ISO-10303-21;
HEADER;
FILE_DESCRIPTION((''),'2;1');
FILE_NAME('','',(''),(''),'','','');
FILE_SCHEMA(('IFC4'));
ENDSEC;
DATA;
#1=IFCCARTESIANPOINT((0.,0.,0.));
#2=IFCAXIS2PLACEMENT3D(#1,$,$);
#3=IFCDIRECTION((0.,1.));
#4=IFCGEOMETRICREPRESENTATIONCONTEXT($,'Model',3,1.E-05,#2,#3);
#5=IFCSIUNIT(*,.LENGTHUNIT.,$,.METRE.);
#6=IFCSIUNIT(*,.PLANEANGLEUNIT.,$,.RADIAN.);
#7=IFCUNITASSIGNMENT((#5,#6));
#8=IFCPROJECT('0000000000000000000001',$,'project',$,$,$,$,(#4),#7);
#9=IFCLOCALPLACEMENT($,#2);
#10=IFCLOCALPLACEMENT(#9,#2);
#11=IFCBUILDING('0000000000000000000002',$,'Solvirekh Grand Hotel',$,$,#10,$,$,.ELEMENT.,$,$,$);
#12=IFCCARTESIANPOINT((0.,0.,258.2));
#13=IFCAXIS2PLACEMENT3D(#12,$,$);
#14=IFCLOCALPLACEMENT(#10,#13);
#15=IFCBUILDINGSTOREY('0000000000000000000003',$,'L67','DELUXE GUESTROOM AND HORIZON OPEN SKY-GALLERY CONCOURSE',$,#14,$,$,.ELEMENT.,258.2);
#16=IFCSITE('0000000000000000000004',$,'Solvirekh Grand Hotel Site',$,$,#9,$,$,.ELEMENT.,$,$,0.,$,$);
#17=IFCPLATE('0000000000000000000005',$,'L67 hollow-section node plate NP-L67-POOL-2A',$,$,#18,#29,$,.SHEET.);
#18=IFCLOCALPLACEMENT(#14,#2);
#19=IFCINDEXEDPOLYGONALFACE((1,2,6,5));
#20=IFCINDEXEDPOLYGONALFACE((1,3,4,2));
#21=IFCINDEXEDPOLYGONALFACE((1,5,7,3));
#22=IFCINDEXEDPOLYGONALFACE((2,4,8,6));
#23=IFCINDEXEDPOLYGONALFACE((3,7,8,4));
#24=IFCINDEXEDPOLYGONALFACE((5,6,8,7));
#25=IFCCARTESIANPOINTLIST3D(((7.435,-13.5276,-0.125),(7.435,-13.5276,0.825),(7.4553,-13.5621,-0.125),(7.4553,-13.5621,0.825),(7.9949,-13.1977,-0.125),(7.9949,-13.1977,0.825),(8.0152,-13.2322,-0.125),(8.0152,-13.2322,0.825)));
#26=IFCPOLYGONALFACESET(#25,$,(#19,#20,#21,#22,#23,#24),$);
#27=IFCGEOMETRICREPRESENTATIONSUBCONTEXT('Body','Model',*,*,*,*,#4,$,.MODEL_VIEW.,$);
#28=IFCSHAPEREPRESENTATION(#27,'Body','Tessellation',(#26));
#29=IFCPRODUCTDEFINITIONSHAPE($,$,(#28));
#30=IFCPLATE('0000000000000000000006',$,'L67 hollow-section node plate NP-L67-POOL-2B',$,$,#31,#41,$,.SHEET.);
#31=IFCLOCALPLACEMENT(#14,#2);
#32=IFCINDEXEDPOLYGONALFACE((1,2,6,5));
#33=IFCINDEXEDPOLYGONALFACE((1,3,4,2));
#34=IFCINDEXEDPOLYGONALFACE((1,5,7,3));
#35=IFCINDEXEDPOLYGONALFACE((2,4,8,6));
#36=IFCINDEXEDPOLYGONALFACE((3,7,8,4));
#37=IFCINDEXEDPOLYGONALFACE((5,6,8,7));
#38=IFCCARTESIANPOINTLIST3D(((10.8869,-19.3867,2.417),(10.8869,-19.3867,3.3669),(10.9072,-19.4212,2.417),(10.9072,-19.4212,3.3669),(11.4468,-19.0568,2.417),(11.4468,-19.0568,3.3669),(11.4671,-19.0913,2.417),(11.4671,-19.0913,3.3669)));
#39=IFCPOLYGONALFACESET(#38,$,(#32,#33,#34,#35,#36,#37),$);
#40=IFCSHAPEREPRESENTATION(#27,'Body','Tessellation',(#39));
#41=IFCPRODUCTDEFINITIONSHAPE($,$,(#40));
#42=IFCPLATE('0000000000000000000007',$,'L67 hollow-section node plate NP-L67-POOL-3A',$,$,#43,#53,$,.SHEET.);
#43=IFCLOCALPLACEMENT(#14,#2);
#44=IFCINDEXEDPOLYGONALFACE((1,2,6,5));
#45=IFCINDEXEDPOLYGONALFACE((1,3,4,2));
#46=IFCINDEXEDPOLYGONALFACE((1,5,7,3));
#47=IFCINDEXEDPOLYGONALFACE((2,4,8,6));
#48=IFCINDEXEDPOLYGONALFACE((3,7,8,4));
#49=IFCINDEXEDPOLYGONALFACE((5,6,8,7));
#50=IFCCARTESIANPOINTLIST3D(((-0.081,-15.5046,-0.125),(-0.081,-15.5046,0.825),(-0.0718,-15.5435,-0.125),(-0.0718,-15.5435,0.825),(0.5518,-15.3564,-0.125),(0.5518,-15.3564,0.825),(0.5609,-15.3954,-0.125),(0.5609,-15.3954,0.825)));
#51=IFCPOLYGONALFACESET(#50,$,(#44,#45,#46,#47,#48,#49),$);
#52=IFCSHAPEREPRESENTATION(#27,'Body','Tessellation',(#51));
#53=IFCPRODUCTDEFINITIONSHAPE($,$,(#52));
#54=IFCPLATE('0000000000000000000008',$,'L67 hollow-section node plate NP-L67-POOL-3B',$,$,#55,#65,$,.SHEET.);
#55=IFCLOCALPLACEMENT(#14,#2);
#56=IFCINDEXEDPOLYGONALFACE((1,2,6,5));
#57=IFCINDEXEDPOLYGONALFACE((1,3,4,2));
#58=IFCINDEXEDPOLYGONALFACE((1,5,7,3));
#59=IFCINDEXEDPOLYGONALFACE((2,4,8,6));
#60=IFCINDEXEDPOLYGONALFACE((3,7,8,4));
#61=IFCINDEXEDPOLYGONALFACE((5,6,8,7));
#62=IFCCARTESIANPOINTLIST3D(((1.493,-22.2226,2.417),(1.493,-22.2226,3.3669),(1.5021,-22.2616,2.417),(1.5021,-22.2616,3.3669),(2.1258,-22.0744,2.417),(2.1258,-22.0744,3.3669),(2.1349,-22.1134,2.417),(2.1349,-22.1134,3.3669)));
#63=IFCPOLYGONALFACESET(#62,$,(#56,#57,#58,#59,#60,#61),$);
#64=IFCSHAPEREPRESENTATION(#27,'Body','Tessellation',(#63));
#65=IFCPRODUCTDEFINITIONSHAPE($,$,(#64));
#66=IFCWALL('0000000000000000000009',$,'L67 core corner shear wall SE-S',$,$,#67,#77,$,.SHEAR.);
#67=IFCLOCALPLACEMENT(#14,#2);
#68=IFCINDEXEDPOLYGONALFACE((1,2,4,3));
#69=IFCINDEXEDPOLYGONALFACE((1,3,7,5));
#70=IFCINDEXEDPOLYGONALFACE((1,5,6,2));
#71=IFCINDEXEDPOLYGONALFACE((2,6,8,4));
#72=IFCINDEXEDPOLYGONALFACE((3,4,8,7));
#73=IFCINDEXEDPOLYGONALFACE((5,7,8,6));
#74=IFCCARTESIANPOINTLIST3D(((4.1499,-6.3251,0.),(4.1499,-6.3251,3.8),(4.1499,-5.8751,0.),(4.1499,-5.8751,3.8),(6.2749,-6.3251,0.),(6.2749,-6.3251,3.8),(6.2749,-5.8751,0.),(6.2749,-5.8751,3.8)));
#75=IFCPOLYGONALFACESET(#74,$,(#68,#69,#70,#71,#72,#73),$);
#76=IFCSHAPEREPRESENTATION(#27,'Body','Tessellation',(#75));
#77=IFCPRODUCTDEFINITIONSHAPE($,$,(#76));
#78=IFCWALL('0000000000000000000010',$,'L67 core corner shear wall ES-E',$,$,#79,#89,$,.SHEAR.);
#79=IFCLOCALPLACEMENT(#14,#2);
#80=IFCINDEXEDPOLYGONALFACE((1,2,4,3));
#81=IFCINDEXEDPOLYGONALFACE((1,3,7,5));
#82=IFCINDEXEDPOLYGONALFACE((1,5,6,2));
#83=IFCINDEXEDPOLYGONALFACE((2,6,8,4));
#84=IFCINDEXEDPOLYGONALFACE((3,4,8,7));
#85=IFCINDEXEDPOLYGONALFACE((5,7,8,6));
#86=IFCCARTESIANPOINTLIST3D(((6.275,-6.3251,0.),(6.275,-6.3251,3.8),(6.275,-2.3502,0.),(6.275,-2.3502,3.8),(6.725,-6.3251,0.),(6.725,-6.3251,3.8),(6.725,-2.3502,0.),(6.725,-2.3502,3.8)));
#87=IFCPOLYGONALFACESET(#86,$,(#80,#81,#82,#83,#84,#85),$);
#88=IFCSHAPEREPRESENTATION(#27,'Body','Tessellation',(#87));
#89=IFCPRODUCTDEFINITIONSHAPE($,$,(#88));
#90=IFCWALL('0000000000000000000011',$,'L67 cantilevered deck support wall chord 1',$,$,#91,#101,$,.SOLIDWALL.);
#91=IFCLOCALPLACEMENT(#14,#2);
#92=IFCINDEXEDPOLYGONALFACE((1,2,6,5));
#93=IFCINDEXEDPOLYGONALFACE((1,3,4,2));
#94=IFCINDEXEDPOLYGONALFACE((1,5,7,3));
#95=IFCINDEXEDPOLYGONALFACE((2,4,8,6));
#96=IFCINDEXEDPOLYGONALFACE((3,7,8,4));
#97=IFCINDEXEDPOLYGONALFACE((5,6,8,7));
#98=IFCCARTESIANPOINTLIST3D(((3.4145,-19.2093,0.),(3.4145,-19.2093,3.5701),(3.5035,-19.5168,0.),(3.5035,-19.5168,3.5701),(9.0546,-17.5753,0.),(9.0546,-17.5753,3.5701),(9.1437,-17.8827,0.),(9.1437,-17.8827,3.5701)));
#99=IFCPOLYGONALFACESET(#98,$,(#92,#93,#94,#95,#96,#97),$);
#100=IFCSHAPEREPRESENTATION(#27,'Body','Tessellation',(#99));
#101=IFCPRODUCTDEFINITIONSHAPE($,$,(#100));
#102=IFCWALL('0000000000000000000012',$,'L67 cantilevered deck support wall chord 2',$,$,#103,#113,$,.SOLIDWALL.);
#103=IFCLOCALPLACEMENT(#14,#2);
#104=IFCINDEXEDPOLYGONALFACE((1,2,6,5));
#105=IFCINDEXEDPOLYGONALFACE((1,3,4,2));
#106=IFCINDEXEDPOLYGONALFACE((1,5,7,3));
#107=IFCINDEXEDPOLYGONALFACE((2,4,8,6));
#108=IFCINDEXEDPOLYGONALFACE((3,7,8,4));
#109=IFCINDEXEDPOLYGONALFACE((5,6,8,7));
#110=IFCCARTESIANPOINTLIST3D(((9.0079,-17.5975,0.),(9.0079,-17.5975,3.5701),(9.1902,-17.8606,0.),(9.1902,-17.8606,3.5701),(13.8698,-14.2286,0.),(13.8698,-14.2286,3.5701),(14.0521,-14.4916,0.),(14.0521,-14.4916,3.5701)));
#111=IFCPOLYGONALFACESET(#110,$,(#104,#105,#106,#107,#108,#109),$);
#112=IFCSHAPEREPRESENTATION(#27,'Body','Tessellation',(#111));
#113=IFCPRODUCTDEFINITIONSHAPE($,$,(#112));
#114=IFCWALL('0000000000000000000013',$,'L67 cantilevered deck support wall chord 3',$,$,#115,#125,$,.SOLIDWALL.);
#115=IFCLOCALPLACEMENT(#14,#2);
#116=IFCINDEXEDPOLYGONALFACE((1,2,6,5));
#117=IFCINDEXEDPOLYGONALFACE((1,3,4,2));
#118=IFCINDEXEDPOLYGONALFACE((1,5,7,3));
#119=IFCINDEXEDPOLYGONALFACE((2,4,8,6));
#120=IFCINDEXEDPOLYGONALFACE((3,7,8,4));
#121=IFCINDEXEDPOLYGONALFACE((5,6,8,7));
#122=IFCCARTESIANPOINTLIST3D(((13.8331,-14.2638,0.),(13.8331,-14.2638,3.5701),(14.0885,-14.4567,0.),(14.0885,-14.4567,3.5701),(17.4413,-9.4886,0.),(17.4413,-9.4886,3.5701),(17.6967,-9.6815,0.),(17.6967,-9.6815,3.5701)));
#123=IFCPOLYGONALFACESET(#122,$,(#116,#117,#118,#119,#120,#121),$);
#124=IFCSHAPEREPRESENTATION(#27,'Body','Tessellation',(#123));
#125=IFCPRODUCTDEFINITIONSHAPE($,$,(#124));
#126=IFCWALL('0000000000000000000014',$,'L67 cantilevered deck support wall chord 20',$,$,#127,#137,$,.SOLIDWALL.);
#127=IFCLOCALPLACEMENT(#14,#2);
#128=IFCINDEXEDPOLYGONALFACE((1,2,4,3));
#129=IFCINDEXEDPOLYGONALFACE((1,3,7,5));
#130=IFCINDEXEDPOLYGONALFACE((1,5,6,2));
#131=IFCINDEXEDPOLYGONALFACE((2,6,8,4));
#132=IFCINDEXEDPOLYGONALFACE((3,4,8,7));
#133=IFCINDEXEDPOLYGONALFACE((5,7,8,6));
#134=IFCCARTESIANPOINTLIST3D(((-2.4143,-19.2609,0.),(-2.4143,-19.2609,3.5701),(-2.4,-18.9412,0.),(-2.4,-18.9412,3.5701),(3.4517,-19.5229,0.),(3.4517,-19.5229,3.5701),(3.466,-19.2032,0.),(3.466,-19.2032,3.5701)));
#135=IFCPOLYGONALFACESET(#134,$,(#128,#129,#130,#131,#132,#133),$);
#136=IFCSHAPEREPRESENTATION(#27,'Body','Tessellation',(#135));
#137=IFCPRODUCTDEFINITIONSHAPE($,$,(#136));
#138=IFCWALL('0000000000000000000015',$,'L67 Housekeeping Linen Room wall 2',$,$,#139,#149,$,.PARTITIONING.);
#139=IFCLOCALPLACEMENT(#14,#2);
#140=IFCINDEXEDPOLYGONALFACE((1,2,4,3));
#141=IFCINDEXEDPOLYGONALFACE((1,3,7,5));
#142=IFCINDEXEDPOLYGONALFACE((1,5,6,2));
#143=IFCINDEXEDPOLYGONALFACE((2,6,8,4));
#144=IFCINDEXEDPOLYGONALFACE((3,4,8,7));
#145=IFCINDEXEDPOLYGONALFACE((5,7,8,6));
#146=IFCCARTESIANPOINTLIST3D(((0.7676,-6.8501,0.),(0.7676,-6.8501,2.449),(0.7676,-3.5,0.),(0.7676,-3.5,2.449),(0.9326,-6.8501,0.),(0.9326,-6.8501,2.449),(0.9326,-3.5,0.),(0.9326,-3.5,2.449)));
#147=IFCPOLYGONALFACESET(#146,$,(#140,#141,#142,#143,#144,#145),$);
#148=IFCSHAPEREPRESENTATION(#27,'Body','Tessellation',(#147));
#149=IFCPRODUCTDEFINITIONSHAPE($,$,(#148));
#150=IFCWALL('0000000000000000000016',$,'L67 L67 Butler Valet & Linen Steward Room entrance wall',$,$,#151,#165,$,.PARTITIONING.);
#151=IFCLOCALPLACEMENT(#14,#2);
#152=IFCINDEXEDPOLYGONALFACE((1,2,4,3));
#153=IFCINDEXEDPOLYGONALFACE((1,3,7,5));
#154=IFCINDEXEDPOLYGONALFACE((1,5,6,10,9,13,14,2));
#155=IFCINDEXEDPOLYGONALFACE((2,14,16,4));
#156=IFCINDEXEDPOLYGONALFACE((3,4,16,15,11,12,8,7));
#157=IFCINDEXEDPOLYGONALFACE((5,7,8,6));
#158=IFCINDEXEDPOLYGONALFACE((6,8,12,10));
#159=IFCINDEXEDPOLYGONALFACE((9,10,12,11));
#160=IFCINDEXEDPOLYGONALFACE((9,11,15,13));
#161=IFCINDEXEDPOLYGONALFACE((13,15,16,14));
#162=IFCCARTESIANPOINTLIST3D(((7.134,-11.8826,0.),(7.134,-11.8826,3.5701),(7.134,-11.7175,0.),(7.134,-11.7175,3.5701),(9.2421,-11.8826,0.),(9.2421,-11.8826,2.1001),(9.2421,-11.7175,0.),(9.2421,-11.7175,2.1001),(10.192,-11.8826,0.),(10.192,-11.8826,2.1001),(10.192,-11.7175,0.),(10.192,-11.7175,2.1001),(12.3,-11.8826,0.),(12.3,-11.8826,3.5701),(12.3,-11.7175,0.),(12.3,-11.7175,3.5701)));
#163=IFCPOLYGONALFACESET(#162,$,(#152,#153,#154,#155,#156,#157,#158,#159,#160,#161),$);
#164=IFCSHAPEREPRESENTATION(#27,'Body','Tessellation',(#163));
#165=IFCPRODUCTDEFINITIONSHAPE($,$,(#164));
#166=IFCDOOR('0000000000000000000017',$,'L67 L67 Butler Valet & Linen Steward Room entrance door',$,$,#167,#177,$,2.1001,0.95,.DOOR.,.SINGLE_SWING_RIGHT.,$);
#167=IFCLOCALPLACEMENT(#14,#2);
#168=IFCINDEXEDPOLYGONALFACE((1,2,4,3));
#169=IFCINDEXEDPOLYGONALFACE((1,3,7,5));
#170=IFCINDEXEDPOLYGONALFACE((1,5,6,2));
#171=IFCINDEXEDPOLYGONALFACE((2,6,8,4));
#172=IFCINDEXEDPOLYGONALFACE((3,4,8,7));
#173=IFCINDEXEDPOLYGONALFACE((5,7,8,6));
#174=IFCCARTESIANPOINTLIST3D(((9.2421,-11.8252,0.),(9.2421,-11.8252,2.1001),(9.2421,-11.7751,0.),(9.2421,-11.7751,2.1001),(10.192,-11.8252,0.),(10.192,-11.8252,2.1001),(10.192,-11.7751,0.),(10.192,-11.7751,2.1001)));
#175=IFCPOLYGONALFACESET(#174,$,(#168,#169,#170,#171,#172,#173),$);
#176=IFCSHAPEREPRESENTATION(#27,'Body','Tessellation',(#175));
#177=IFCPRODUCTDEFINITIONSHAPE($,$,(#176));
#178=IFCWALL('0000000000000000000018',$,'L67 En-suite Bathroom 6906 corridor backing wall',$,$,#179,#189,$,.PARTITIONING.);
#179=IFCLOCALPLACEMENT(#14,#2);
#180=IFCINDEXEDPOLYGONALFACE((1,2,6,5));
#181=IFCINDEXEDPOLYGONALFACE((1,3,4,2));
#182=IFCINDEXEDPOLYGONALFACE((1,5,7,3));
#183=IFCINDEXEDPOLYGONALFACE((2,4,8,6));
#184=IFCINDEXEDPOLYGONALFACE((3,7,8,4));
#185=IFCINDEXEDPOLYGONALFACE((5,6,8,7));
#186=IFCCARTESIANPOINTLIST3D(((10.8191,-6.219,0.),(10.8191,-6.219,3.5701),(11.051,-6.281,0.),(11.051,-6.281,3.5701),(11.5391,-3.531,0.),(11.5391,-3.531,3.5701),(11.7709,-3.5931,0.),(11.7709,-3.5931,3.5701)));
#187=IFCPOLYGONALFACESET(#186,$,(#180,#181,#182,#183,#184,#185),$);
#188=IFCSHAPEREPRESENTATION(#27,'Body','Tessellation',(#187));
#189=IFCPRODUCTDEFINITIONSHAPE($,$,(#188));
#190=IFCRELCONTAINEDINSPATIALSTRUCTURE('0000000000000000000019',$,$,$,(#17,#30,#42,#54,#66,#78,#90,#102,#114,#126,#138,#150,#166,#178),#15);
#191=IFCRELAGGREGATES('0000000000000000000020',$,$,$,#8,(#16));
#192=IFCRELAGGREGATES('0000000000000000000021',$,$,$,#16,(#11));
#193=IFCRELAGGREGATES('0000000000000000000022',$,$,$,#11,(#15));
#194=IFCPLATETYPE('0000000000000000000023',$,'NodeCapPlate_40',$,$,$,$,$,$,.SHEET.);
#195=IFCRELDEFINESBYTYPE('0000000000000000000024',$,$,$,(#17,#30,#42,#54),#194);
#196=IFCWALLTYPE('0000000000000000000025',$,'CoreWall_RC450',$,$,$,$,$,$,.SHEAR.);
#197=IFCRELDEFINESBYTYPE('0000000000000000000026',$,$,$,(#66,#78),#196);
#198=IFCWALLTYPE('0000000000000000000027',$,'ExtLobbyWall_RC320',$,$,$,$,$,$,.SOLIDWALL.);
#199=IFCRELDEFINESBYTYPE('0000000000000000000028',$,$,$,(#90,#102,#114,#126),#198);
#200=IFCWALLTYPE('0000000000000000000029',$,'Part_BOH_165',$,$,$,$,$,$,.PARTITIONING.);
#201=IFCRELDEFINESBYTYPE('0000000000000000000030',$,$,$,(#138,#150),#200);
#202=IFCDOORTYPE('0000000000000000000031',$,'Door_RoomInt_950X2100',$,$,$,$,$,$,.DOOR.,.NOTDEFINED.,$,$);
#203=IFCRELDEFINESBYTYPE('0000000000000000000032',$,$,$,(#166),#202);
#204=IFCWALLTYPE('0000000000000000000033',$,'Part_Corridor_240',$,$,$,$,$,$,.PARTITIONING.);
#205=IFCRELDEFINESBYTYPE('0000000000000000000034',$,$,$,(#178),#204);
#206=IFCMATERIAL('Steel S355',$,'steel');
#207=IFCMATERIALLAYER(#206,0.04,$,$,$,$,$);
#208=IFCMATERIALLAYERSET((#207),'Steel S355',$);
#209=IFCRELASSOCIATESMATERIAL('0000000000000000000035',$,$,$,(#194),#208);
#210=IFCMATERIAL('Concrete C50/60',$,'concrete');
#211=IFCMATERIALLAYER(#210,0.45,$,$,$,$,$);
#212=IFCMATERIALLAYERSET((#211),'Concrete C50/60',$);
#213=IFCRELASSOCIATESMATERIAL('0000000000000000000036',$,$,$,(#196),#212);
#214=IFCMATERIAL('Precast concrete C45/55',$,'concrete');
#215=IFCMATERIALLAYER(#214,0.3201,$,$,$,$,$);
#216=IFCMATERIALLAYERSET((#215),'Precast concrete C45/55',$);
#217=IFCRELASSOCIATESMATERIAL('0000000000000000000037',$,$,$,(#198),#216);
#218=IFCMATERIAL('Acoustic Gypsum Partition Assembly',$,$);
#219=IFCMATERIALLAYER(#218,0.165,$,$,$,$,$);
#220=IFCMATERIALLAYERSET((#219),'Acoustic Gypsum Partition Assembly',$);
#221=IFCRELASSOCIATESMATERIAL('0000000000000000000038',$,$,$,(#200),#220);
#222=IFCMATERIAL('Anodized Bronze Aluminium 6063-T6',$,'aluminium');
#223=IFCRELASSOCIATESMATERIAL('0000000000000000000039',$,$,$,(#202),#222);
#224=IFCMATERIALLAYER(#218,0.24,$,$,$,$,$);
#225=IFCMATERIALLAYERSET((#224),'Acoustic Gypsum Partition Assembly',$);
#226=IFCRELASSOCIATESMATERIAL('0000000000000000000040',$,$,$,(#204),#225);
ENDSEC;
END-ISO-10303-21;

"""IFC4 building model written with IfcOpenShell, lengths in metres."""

from ifc_helpers import new_model, si_unit, direction, frame, frame_2d, origin, origin_2d, place, context, subcontext, project, spatial, rectangle, extrude, material, layer, layer_set, type_object, element, fill, save


model = new_model("IFC4")

# Units and contexts
model_context = context("Model", 3, precision=1e-05, world=origin(), true_north=direction((0.0, 1.0)))
body_context = subcontext(model_context, "Body", "Model", "MODEL_VIEW")
ifc_project = project(units=[si_unit("LENGTHUNIT", "METRE"), si_unit("PLANEANGLEUNIT", "RADIAN")], contexts=[model_context])

# Site, building, storey
site_placement = place(None, origin())
site = spatial("IfcSite", under=ifc_project, at=site_placement, Name="Solvirekh Grand Hotel Site", CompositionType="ELEMENT", RefElevation=0.0)
building_placement = place(site_placement, origin())
building = spatial("IfcBuilding", under=site, at=building_placement, Name="Solvirekh Grand Hotel", CompositionType="ELEMENT")
storey_placement = place(building_placement, frame((0.0, 0.0, 258.2)))
storey = spatial("IfcBuildingStorey", under=building, at=storey_placement, Name="L67", Description="DELUXE GUESTROOM AND HORIZON OPEN SKY-GALLERY CONCOURSE", CompositionType="ELEMENT", Elevation=258.2)

# Shared definitions
ifc_material_1 = material(Name="Concrete C50/60", Category="concrete")

# Shared definitions
ifc_material_2 = material(Name="Steel S355", Category="steel")

# Plates
ifc_layer_1 = layer(ifc_material_2, 0.04)
ifc_layer_set_1 = layer_set([ifc_layer_1], Name="Steel S355")
plate_type = type_object("IfcPlateType", Name="NodeCapPlate_40", PredefinedType="SHEET", material=ifc_layer_set_1)
for number, where, z_axis, x_axis, name in (
    (1, (7.7251, -13.3799, -0.125), (0.0, 0.0, 1.0), (0.507689, -0.861541, 0.0), "L67 hollow-section node plate NP-L67-POOL-2A"),
    (2, (11.177, -19.239, 2.417), (0.0, 0.0, 1.0), (0.507689, -0.861541, 0.0), "L67 hollow-section node plate NP-L67-POOL-2B"),
    (3, (0.24, -15.45, -0.125), (0.0, 0.0, 1.0), (0.228011, -0.973659, 0.0), "L67 hollow-section node plate NP-L67-POOL-3A"),
    (4, (1.814, -22.168, 2.417), (0.0, 0.0, 1.0), (0.228011, -0.973659, 0.0), "L67 hollow-section node plate NP-L67-POOL-3B"),
):
    element("IfcPlate", number, at=place(storey_placement, frame(where, z_axis=z_axis, x_axis=x_axis)), inside=storey, type_object=plate_type, Name=name, PredefinedType="SHEET", context=body_context, shape_type="SweptSolid", body=[
        extrude(rectangle(XDim=0.04, YDim=0.6499, at=origin_2d()), origin(), (0.0, 0.0, 1.0), 0.95),
    ])

# Walls
ifc_layer_2 = layer(ifc_material_1, 0.45)
ifc_layer_set_2 = layer_set([ifc_layer_2], Name="Concrete C50/60")
wall_type_1 = type_object("IfcWallType", Name="CoreWall_RC450", PredefinedType="SHEAR", material=ifc_layer_set_2)
wall_1_placement = place(storey_placement, frame((4.1499, -6.1001, 0.0), z_axis=(0.0, 0.0, 1.0), x_axis=(1.0, 0.0, 0.0)))
element("IfcWall", 5, at=wall_1_placement, inside=storey, type_object=wall_type_1, Name="L67 core corner shear wall SE-S", PredefinedType="SHEAR", context=body_context, shape_type="SweptSolid", body=[
    extrude(rectangle(XDim=2.125, YDim=0.45, at=frame_2d((1.0625, 0.0))), origin(), (0.0, 0.0, 1.0), 3.8),
])
wall_2_placement = place(storey_placement, frame((6.5, -6.325, 0.0), z_axis=(0.0, 0.0, 1.0), x_axis=(0.0, 1.0, 0.0)))
element("IfcWall", 6, at=wall_2_placement, inside=storey, type_object=wall_type_1, Name="L67 core corner shear wall ES-E", PredefinedType="SHEAR", context=body_context, shape_type="SweptSolid", body=[
    extrude(rectangle(XDim=3.9749, YDim=0.45, at=frame_2d((1.9873, 0.0))), origin(), (0.0, 0.0, 1.0), 3.8),
])
ifc_material_3 = material(Name="Precast concrete C45/55", Category="concrete")
ifc_layer_3 = layer(ifc_material_3, 0.3201)
ifc_layer_set_3 = layer_set([ifc_layer_3], Name="Precast concrete C45/55")
wall_type_2 = type_object("IfcWallType", Name="ExtLobbyWall_RC320", PredefinedType="SOLIDWALL", material=ifc_layer_set_3)
wall_3_placement = place(storey_placement, frame((9.0991, -17.729, 0.0), z_axis=(0.0, 0.0, 1.0), x_axis=(-0.960502, -0.278272, 0.0)))
element("IfcWall", 7, at=wall_3_placement, inside=storey, type_object=wall_type_2, Name="L67 cantilevered deck support wall chord 1", PredefinedType="SOLIDWALL", context=body_context, shape_type="SweptSolid", body=[
    extrude(rectangle(XDim=5.8721, YDim=0.3201, at=frame_2d((2.936, 0.0))), origin(), (0.0, 0.0, 1.0), 3.5701),
])
wall_4_placement = place(storey_placement, frame((13.9609, -14.3601, 0.0), z_axis=(0.0, 0.0, 1.0), x_axis=(-0.821953, -0.569555, 0.0)))
element("IfcWall", 8, at=wall_4_placement, inside=storey, type_object=wall_type_2, Name="L67 cantilevered deck support wall chord 2", PredefinedType="SOLIDWALL", context=body_context, shape_type="SweptSolid", body=[
    extrude(rectangle(XDim=5.915, YDim=0.3201, at=frame_2d((2.9575, 0.0))), origin(), (0.0, 0.0, 1.0), 3.5701),
])
wall_5_placement = place(storey_placement, frame((17.5691, -9.585, 0.0), z_axis=(0.0, 0.0, 1.0), x_axis=(-0.602861, -0.797846, 0.0)))
element("IfcWall", 9, at=wall_5_placement, inside=storey, type_object=wall_type_2, Name="L67 cantilevered deck support wall chord 3", PredefinedType="SOLIDWALL", context=body_context, shape_type="SweptSolid", body=[
    extrude(rectangle(XDim=5.9851, YDim=0.3201, at=frame_2d((2.9927, 0.0))), origin(), (0.0, 0.0, 1.0), 3.5701),
])
wall_6_placement = place(storey_placement, frame((3.459, -19.363, 0.0), z_axis=(0.0, 0.0, 1.0), x_axis=(-0.999004, 0.044614, 0.0)))
element("IfcWall", 10, at=wall_6_placement, inside=storey, type_object=wall_type_2, Name="L67 cantilevered deck support wall chord 20", PredefinedType="SOLIDWALL", context=body_context, shape_type="SweptSolid", body=[
    extrude(rectangle(XDim=5.8718, YDim=0.3201, at=frame_2d((2.936, 0.0))), origin(), (0.0, 0.0, 1.0), 3.5701),
])
ifc_material_4 = material(Name="Acoustic Gypsum Partition Assembly")
ifc_layer_4 = layer(ifc_material_4, 0.165)
ifc_layer_set_4 = layer_set([ifc_layer_4], Name="Acoustic Gypsum Partition Assembly")
wall_type_3 = type_object("IfcWallType", Name="Part_BOH_165", PredefinedType="PARTITIONING", material=ifc_layer_set_4)
wall_7_placement = place(storey_placement, frame((0.8501, -6.8501, 0.0), z_axis=(0.0, 0.0, 1.0), x_axis=(0.0, 1.0, 0.0)))
element("IfcWall", 11, at=wall_7_placement, inside=storey, type_object=wall_type_3, Name="L67 Housekeeping Linen Room wall 2", PredefinedType="PARTITIONING", context=body_context, shape_type="SweptSolid", body=[
    extrude(rectangle(XDim=3.3501, YDim=0.165, at=frame_2d((1.675, 0.0))), origin(), (0.0, 0.0, 1.0), 2.449),
])

# Wall, opening, door
wall_8_placement = place(storey_placement, frame((7.134, -11.8, 0.0), z_axis=(0.0, 0.0, 1.0), x_axis=(1.0, 0.0, 0.0)))
wall_8 = element("IfcWall", 12, at=wall_8_placement, inside=storey, type_object=wall_type_3, Name="L67 L67 Butler Valet & Linen Steward Room entrance wall", PredefinedType="PARTITIONING", context=body_context, shape_type="SweptSolid", body=[
    extrude(rectangle(XDim=5.166, YDim=0.165, at=frame_2d((2.583, 0.0))), origin(), (0.0, 0.0, 1.0), 3.5701),
])
opening_1_placement = place(wall_8_placement, frame((2.1079, 0.0, 0.0)))
opening_1 = element("IfcOpeningElement", 13, at=opening_1_placement, cuts=wall_8, PredefinedType="OPENING", context=body_context, shape_type="SweptSolid", body=[
    extrude(rectangle(XDim=0.95, YDim=2.1001, at=frame_2d((0.4751, 1.05))), frame((0.0, 0.0925, 0.0), z_axis=(0.0, -1.0, 0.0), x_axis=(1.0, 0.0, 0.0)), (0.0, 0.0, 1.0), 0.1851),
])
ifc_material_5 = material(Name="Anodized Bronze Aluminium 6063-T6", Category="aluminium")
door_type_1 = type_object("IfcDoorType", Name="Door_RoomInt_950X2100", OperationType="NOTDEFINED", PredefinedType="DOOR", material=ifc_material_5)
door_1_placement = place(opening_1_placement, origin())
door_1 = element("IfcDoor", 14, at=door_1_placement, inside=storey, type_object=door_type_1, Name="L67 L67 Butler Valet & Linen Steward Room entrance door", OperationType="SINGLE_SWING_RIGHT", OverallHeight=2.1001, OverallWidth=0.95, PredefinedType="DOOR", context=body_context, shape_type="SweptSolid", body=[
    extrude(rectangle(XDim=0.95, YDim=2.1001, at=frame_2d((0.4751, 1.05))), frame((0.0, 0.0249, 0.0), z_axis=(0.0, -1.0, 0.0), x_axis=(1.0, 0.0, 0.0)), (0.0, 0.0, 1.0), 0.05),
])
fill(opening_1, door_1)

# Wall
ifc_layer_5 = layer(ifc_material_4, 0.24)
ifc_layer_set_5 = layer_set([ifc_layer_5], Name="Acoustic Gypsum Partition Assembly")
wall_type_4 = type_object("IfcWallType", Name="Part_Corridor_240", PredefinedType="PARTITIONING", material=ifc_layer_set_5)
wall_9_placement = place(storey_placement, frame((10.9351, -6.25, 0.0), z_axis=(0.0, 0.0, 1.0), x_axis=(0.258727, 0.96595, 0.0)))
element("IfcWall", 15, at=wall_9_placement, inside=storey, type_object=wall_type_4, Name="L67 En-suite Bathroom 6906 corridor backing wall", PredefinedType="PARTITIONING", context=body_context, shape_type="SweptSolid", body=[
    extrude(rectangle(XDim=2.7827, YDim=0.24, at=frame_2d((1.3914, 0.0))), origin(), (0.0, 0.0, 1.0), 3.5701),
])

save(model, "model.ifc")
